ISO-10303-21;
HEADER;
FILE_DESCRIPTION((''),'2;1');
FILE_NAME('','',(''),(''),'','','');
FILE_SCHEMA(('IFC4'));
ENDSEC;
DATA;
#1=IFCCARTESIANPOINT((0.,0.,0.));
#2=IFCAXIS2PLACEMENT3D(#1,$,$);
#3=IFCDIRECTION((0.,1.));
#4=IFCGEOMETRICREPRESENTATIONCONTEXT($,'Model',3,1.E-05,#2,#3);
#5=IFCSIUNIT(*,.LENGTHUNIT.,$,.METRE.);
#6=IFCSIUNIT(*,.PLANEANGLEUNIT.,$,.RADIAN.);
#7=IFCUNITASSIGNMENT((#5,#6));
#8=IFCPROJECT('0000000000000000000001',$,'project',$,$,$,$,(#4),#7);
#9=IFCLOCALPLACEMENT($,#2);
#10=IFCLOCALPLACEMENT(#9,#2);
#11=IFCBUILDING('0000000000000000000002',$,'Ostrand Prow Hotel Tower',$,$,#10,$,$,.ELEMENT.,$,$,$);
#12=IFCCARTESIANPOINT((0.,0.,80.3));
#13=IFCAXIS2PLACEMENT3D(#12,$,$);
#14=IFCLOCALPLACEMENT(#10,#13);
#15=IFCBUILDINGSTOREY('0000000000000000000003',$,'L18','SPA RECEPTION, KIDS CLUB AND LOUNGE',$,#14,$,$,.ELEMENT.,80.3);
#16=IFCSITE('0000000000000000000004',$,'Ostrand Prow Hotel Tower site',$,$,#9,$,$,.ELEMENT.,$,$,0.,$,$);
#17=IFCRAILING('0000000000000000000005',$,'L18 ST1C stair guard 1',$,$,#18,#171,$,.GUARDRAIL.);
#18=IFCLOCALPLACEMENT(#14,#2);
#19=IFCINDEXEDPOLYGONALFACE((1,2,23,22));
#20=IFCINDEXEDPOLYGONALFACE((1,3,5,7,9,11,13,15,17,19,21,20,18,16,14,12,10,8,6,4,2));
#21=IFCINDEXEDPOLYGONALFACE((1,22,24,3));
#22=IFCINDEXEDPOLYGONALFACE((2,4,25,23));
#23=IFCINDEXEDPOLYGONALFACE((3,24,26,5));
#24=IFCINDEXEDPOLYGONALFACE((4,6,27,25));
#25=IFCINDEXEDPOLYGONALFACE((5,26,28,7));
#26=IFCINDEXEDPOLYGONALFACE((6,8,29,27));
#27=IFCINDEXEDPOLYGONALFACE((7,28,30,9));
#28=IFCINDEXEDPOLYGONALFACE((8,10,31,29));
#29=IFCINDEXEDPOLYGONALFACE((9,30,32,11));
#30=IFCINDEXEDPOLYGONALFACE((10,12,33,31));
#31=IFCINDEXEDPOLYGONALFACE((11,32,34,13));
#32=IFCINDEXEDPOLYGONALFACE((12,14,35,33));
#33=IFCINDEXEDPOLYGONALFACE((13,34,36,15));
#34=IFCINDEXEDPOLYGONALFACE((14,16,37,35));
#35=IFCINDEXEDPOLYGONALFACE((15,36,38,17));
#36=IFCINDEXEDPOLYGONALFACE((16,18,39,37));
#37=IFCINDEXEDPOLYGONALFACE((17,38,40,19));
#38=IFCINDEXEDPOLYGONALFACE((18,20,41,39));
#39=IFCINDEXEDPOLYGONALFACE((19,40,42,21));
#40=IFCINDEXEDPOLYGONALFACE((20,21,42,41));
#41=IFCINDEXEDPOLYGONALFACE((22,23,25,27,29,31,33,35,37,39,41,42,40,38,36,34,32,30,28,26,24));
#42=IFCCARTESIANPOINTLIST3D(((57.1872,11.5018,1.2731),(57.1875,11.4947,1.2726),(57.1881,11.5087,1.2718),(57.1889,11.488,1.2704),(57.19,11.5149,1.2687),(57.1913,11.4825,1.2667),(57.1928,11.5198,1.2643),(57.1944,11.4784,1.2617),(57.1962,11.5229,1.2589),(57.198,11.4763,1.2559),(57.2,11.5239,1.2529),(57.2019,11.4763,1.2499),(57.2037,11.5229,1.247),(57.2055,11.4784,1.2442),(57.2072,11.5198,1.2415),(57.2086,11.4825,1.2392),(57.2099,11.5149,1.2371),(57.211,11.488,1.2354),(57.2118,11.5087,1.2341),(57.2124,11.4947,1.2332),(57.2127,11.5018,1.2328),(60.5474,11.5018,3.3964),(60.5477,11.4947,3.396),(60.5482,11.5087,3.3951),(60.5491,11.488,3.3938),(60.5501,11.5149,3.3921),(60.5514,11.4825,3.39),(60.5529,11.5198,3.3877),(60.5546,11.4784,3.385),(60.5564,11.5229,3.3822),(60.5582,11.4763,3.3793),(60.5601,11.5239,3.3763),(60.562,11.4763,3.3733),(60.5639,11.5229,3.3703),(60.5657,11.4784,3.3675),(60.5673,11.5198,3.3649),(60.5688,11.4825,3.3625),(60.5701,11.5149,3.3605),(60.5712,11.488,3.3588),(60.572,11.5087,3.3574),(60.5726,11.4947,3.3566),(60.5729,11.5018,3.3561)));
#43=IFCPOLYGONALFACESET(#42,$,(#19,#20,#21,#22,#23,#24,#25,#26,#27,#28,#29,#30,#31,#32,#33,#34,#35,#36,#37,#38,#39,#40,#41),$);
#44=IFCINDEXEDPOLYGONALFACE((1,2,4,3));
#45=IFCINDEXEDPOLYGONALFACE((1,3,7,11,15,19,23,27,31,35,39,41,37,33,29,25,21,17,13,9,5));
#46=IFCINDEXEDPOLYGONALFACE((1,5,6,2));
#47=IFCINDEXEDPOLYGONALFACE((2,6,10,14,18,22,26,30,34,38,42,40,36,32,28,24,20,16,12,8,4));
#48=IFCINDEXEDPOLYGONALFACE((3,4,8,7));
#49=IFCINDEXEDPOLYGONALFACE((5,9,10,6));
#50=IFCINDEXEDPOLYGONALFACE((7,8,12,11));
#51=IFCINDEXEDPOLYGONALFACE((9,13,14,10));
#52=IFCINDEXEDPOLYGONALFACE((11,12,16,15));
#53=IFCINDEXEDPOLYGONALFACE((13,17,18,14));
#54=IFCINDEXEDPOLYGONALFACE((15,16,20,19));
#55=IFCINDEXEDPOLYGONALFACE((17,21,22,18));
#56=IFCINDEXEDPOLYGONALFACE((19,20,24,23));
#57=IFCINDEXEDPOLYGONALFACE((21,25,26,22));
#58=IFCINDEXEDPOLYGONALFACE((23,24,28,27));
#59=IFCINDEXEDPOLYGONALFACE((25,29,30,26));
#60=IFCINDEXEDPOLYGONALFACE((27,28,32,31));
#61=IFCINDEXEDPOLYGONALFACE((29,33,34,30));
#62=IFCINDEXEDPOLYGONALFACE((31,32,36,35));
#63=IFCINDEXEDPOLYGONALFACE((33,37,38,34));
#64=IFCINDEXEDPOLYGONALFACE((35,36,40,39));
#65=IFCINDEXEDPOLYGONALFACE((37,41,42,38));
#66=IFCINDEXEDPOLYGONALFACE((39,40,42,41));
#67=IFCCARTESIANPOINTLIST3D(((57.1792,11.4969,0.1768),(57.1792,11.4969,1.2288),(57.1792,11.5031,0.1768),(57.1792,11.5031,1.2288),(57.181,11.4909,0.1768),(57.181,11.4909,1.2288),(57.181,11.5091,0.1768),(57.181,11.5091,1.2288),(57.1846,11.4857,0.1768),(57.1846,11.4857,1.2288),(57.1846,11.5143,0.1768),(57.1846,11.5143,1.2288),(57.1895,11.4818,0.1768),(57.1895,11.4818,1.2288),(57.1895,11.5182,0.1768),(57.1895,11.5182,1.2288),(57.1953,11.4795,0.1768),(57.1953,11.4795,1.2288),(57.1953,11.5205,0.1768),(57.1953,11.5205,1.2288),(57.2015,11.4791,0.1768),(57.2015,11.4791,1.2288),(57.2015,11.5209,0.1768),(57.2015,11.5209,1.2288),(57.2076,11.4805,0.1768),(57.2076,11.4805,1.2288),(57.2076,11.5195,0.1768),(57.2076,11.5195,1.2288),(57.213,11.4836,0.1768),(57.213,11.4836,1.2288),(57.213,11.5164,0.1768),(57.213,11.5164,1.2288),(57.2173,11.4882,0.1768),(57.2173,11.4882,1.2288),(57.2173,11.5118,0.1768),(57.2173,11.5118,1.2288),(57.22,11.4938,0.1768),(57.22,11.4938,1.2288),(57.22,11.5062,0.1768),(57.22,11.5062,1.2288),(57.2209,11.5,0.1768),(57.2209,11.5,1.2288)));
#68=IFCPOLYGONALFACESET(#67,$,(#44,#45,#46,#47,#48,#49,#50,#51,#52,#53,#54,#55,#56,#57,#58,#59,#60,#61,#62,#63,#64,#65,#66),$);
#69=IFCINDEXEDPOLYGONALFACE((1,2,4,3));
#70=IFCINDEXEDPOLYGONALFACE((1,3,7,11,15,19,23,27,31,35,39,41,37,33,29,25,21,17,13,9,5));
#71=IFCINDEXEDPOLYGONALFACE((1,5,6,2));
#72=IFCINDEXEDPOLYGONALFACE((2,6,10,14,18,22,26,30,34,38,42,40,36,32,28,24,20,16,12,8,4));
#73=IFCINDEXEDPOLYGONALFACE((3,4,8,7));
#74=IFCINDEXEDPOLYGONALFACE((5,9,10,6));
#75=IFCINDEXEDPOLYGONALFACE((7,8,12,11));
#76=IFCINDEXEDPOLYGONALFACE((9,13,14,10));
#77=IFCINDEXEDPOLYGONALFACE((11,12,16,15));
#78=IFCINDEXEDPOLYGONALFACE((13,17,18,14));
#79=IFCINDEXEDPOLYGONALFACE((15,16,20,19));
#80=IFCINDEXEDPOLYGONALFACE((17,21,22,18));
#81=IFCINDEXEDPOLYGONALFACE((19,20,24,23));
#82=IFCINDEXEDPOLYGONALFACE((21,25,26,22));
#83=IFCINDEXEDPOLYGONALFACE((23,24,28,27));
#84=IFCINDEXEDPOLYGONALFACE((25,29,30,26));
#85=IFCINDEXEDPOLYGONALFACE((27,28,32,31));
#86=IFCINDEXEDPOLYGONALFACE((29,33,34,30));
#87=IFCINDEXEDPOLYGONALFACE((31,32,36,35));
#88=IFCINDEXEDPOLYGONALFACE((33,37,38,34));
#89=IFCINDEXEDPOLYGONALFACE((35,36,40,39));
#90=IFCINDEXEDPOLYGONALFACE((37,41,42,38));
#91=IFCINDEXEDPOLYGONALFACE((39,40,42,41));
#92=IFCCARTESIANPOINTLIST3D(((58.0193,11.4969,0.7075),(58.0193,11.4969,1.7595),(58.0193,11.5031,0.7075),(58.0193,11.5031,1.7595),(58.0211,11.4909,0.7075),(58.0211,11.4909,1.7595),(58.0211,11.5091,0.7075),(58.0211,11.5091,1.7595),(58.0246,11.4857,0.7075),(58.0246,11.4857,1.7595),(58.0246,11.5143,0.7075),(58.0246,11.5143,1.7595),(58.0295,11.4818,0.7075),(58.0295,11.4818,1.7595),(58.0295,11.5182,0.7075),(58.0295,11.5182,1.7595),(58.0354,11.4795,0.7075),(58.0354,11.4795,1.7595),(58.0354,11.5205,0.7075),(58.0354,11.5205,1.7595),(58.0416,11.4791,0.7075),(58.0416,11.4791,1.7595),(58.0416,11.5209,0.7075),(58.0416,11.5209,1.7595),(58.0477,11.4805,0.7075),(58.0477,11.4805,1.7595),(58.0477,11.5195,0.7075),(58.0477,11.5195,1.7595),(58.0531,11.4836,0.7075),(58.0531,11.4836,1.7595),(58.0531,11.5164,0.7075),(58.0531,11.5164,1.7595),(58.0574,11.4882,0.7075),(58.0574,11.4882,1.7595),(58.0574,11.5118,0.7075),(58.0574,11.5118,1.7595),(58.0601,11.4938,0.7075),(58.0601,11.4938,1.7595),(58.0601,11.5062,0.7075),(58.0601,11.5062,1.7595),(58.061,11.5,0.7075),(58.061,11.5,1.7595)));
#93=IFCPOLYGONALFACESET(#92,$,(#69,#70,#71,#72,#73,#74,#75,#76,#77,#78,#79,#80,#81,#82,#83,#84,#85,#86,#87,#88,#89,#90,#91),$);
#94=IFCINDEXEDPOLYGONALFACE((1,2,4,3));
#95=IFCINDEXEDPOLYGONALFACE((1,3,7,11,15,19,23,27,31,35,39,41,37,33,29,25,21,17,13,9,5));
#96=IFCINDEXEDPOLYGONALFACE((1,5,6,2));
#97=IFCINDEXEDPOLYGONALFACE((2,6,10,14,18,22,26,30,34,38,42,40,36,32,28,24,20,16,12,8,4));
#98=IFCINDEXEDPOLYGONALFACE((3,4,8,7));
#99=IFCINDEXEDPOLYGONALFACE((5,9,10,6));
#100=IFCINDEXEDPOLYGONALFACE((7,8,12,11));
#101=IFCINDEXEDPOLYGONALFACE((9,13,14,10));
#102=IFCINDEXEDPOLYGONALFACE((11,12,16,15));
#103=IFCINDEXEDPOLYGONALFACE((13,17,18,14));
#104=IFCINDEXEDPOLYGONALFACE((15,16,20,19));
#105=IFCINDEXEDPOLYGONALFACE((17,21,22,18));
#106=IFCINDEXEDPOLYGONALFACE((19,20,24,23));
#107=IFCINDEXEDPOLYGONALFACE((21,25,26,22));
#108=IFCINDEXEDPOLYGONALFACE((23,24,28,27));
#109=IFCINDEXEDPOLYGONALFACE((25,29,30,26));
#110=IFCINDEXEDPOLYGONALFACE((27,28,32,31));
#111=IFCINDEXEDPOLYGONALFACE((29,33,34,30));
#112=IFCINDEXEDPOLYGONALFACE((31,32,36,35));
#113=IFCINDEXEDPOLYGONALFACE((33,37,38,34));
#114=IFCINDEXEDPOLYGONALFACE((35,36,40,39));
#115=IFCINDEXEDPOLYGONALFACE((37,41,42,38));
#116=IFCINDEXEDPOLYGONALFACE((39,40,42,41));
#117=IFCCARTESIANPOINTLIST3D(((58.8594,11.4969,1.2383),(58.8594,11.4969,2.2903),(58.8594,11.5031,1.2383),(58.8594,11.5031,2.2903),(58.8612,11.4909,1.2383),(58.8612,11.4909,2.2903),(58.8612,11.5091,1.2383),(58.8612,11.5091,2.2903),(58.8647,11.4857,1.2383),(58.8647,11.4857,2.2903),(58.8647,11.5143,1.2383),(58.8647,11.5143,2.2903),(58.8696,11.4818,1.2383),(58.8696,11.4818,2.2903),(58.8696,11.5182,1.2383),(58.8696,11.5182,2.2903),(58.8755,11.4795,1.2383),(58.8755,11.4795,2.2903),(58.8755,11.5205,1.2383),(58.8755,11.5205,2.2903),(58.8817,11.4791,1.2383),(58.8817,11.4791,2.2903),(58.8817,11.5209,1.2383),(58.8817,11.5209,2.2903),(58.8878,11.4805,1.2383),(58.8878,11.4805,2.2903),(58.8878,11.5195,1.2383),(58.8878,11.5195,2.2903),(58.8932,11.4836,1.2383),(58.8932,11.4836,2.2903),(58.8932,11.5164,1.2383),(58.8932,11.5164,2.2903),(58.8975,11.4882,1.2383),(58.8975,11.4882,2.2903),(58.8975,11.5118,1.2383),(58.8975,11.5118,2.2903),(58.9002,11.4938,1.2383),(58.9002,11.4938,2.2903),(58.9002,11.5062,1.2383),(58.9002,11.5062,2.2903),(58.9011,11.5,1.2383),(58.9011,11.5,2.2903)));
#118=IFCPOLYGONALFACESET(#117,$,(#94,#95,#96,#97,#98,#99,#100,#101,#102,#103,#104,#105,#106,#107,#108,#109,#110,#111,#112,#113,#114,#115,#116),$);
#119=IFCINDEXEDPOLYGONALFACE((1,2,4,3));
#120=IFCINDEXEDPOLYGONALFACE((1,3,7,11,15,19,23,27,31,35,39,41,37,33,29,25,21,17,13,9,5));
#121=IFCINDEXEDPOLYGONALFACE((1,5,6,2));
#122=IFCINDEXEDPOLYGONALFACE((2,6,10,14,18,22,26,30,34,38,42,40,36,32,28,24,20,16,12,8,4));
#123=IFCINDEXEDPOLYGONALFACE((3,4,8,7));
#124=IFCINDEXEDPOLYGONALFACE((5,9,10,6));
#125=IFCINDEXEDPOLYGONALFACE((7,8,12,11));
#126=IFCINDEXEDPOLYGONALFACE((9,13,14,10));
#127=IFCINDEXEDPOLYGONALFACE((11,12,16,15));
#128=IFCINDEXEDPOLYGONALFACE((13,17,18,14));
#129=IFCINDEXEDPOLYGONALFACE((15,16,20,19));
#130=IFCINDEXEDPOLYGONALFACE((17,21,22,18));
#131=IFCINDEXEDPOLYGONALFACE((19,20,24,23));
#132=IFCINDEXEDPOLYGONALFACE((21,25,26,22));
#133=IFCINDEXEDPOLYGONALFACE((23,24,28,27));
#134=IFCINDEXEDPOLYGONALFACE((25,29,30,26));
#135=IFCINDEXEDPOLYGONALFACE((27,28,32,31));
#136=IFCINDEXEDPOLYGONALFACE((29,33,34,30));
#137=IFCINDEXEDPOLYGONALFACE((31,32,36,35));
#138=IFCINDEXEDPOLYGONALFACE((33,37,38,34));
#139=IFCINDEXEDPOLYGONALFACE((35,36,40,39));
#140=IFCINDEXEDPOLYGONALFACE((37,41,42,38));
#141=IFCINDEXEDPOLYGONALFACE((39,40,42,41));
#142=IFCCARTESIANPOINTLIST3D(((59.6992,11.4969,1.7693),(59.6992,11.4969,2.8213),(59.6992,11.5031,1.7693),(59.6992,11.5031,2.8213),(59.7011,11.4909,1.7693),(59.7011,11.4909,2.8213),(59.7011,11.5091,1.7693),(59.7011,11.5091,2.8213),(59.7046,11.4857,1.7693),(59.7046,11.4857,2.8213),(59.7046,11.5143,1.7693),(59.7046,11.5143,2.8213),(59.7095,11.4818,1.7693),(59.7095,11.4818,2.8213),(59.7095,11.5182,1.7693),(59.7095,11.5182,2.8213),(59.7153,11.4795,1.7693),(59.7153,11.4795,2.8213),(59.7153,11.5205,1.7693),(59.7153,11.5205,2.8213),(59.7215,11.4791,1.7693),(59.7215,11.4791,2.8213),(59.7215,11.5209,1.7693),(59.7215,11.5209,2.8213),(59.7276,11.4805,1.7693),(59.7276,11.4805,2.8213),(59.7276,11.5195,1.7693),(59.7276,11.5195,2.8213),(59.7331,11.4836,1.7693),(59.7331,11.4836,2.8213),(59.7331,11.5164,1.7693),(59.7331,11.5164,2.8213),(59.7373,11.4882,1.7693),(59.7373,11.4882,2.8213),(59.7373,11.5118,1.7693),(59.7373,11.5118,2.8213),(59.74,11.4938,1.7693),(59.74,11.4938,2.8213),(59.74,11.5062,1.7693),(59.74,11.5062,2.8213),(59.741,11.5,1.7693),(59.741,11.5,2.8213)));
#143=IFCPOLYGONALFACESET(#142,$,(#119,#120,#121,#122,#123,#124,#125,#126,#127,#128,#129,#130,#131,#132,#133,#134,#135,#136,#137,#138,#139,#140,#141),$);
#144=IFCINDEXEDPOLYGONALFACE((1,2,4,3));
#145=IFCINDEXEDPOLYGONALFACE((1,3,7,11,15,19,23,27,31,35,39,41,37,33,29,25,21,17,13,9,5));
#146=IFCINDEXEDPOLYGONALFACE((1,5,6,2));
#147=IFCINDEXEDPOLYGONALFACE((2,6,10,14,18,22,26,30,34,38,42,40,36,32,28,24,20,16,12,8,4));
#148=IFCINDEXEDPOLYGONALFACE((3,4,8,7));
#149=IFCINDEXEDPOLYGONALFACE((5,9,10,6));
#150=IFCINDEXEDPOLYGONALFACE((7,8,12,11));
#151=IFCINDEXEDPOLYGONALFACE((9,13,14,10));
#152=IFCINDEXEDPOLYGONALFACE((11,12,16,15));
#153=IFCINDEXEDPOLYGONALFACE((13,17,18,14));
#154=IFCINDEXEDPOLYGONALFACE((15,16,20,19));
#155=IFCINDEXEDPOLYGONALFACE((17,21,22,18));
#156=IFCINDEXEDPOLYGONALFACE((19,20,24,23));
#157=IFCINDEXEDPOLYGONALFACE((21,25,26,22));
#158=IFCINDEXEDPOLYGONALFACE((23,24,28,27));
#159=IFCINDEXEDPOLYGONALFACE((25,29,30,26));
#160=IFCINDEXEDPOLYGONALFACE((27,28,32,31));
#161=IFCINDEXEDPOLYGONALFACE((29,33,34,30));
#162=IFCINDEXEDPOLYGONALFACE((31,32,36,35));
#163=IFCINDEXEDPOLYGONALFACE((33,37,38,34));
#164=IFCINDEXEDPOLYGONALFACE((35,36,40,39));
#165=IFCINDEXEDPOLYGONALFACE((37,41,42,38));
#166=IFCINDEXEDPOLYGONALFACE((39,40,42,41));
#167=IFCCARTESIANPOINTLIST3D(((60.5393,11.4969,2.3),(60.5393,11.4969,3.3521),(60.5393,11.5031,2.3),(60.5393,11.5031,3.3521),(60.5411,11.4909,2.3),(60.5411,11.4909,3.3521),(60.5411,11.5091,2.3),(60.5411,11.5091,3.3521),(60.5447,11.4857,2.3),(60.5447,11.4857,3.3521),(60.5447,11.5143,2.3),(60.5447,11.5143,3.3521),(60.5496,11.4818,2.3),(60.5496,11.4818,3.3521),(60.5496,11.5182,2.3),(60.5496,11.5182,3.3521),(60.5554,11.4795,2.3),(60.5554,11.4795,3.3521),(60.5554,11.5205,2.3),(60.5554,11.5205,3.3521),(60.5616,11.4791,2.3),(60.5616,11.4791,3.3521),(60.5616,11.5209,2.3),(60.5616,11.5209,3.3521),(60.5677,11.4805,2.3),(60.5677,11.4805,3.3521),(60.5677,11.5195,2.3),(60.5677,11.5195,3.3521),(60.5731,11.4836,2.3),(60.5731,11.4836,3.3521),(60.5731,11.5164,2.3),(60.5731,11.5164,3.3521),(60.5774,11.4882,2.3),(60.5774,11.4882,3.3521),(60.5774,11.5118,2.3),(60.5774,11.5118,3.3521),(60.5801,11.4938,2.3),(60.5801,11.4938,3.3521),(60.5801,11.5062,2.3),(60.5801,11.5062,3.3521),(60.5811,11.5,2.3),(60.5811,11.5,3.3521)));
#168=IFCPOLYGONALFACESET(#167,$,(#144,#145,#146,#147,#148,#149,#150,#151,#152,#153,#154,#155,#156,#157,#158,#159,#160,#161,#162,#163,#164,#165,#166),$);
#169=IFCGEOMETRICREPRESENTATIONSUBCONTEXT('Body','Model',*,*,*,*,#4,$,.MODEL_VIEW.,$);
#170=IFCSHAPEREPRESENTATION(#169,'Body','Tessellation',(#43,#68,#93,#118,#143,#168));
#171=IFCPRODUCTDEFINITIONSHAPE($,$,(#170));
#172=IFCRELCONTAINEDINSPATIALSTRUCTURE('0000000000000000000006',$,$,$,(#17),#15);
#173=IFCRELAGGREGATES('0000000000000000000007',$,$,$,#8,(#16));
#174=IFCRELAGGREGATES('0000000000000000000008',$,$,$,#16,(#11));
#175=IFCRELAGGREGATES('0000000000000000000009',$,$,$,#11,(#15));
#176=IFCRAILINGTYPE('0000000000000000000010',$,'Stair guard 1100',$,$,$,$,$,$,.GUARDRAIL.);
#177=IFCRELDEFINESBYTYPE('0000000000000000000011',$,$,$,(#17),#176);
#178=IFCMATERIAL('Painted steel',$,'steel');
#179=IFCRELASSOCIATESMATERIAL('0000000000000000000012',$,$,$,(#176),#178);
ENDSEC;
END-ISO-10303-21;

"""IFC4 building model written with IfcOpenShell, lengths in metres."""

from ifc_helpers import new_model, si_unit, direction, frame, origin, origin_2d, place, context, subcontext, project, spatial, circle, extrude, material, type_object, element, save


model = new_model("IFC4")

# Units and contexts
model_context = context("Model", 3, precision=1e-05, world=origin(), true_north=direction((0.0, 1.0)))
body_context = subcontext(model_context, "Body", "Model", "MODEL_VIEW")
ifc_project = project(units=[si_unit("LENGTHUNIT", "METRE"), si_unit("PLANEANGLEUNIT", "RADIAN")], contexts=[model_context])

# Site, building, storey
site_placement = place(None, origin())
site = spatial("IfcSite", under=ifc_project, at=site_placement, Name="Ostrand Prow Hotel Tower site", CompositionType="ELEMENT", RefElevation=0.0)
building_placement = place(site_placement, origin())
building = spatial("IfcBuilding", under=site, at=building_placement, Name="Ostrand Prow Hotel Tower", CompositionType="ELEMENT")
storey_placement = place(building_placement, frame((0.0, 0.0, 80.3)))
storey = spatial("IfcBuildingStorey", under=building, at=storey_placement, Name="L18", Description="SPA RECEPTION, KIDS CLUB AND LOUNGE", CompositionType="ELEMENT", Elevation=80.3)

# Railing
ifc_material_1 = material(Name="Painted steel", Category="steel")
railing_type_1 = type_object("IfcRailingType", Name="Stair guard 1100", PredefinedType="GUARDRAIL", material=ifc_material_1)
railing_1_placement = place(storey_placement, frame((57.2, 11.5, 0.1768)))
element("IfcRailing", 1, at=railing_1_placement, inside=storey, type_object=railing_type_1, Name="L18 ST1C stair guard 1", PredefinedType="GUARDRAIL", context=body_context, shape_type="SweptSolid", body=[
    extrude(circle(Radius=0.0239, at=origin_2d()), frame((0.0, 0.0, 1.0762), z_axis=(0.845362, 0.0, 0.534194), x_axis=(0.0, 1.0, 0.0)), (0.0, 0.0, 1.0), 3.9749),
    extrude(circle(Radius=0.021, at=origin_2d()), origin(), (0.0, 0.0, 1.0), 1.052),
    extrude(circle(Radius=0.021, at=origin_2d()), frame((0.8401, 0.0, 0.5308)), (0.0, 0.0, 1.0), 1.052),
    extrude(circle(Radius=0.021, at=origin_2d()), frame((1.6802, 0.0, 1.0615)), (0.0, 0.0, 1.0), 1.052),
    extrude(circle(Radius=0.021, at=origin_2d()), frame((2.52, 0.0, 1.5925)), (0.0, 0.0, 1.0), 1.052),
    extrude(circle(Radius=0.021, at=origin_2d()), frame((3.3601, 0.0, 2.1233)), (0.0, 0.0, 1.0), 1.052),
])

save(model, "model.ifc")
